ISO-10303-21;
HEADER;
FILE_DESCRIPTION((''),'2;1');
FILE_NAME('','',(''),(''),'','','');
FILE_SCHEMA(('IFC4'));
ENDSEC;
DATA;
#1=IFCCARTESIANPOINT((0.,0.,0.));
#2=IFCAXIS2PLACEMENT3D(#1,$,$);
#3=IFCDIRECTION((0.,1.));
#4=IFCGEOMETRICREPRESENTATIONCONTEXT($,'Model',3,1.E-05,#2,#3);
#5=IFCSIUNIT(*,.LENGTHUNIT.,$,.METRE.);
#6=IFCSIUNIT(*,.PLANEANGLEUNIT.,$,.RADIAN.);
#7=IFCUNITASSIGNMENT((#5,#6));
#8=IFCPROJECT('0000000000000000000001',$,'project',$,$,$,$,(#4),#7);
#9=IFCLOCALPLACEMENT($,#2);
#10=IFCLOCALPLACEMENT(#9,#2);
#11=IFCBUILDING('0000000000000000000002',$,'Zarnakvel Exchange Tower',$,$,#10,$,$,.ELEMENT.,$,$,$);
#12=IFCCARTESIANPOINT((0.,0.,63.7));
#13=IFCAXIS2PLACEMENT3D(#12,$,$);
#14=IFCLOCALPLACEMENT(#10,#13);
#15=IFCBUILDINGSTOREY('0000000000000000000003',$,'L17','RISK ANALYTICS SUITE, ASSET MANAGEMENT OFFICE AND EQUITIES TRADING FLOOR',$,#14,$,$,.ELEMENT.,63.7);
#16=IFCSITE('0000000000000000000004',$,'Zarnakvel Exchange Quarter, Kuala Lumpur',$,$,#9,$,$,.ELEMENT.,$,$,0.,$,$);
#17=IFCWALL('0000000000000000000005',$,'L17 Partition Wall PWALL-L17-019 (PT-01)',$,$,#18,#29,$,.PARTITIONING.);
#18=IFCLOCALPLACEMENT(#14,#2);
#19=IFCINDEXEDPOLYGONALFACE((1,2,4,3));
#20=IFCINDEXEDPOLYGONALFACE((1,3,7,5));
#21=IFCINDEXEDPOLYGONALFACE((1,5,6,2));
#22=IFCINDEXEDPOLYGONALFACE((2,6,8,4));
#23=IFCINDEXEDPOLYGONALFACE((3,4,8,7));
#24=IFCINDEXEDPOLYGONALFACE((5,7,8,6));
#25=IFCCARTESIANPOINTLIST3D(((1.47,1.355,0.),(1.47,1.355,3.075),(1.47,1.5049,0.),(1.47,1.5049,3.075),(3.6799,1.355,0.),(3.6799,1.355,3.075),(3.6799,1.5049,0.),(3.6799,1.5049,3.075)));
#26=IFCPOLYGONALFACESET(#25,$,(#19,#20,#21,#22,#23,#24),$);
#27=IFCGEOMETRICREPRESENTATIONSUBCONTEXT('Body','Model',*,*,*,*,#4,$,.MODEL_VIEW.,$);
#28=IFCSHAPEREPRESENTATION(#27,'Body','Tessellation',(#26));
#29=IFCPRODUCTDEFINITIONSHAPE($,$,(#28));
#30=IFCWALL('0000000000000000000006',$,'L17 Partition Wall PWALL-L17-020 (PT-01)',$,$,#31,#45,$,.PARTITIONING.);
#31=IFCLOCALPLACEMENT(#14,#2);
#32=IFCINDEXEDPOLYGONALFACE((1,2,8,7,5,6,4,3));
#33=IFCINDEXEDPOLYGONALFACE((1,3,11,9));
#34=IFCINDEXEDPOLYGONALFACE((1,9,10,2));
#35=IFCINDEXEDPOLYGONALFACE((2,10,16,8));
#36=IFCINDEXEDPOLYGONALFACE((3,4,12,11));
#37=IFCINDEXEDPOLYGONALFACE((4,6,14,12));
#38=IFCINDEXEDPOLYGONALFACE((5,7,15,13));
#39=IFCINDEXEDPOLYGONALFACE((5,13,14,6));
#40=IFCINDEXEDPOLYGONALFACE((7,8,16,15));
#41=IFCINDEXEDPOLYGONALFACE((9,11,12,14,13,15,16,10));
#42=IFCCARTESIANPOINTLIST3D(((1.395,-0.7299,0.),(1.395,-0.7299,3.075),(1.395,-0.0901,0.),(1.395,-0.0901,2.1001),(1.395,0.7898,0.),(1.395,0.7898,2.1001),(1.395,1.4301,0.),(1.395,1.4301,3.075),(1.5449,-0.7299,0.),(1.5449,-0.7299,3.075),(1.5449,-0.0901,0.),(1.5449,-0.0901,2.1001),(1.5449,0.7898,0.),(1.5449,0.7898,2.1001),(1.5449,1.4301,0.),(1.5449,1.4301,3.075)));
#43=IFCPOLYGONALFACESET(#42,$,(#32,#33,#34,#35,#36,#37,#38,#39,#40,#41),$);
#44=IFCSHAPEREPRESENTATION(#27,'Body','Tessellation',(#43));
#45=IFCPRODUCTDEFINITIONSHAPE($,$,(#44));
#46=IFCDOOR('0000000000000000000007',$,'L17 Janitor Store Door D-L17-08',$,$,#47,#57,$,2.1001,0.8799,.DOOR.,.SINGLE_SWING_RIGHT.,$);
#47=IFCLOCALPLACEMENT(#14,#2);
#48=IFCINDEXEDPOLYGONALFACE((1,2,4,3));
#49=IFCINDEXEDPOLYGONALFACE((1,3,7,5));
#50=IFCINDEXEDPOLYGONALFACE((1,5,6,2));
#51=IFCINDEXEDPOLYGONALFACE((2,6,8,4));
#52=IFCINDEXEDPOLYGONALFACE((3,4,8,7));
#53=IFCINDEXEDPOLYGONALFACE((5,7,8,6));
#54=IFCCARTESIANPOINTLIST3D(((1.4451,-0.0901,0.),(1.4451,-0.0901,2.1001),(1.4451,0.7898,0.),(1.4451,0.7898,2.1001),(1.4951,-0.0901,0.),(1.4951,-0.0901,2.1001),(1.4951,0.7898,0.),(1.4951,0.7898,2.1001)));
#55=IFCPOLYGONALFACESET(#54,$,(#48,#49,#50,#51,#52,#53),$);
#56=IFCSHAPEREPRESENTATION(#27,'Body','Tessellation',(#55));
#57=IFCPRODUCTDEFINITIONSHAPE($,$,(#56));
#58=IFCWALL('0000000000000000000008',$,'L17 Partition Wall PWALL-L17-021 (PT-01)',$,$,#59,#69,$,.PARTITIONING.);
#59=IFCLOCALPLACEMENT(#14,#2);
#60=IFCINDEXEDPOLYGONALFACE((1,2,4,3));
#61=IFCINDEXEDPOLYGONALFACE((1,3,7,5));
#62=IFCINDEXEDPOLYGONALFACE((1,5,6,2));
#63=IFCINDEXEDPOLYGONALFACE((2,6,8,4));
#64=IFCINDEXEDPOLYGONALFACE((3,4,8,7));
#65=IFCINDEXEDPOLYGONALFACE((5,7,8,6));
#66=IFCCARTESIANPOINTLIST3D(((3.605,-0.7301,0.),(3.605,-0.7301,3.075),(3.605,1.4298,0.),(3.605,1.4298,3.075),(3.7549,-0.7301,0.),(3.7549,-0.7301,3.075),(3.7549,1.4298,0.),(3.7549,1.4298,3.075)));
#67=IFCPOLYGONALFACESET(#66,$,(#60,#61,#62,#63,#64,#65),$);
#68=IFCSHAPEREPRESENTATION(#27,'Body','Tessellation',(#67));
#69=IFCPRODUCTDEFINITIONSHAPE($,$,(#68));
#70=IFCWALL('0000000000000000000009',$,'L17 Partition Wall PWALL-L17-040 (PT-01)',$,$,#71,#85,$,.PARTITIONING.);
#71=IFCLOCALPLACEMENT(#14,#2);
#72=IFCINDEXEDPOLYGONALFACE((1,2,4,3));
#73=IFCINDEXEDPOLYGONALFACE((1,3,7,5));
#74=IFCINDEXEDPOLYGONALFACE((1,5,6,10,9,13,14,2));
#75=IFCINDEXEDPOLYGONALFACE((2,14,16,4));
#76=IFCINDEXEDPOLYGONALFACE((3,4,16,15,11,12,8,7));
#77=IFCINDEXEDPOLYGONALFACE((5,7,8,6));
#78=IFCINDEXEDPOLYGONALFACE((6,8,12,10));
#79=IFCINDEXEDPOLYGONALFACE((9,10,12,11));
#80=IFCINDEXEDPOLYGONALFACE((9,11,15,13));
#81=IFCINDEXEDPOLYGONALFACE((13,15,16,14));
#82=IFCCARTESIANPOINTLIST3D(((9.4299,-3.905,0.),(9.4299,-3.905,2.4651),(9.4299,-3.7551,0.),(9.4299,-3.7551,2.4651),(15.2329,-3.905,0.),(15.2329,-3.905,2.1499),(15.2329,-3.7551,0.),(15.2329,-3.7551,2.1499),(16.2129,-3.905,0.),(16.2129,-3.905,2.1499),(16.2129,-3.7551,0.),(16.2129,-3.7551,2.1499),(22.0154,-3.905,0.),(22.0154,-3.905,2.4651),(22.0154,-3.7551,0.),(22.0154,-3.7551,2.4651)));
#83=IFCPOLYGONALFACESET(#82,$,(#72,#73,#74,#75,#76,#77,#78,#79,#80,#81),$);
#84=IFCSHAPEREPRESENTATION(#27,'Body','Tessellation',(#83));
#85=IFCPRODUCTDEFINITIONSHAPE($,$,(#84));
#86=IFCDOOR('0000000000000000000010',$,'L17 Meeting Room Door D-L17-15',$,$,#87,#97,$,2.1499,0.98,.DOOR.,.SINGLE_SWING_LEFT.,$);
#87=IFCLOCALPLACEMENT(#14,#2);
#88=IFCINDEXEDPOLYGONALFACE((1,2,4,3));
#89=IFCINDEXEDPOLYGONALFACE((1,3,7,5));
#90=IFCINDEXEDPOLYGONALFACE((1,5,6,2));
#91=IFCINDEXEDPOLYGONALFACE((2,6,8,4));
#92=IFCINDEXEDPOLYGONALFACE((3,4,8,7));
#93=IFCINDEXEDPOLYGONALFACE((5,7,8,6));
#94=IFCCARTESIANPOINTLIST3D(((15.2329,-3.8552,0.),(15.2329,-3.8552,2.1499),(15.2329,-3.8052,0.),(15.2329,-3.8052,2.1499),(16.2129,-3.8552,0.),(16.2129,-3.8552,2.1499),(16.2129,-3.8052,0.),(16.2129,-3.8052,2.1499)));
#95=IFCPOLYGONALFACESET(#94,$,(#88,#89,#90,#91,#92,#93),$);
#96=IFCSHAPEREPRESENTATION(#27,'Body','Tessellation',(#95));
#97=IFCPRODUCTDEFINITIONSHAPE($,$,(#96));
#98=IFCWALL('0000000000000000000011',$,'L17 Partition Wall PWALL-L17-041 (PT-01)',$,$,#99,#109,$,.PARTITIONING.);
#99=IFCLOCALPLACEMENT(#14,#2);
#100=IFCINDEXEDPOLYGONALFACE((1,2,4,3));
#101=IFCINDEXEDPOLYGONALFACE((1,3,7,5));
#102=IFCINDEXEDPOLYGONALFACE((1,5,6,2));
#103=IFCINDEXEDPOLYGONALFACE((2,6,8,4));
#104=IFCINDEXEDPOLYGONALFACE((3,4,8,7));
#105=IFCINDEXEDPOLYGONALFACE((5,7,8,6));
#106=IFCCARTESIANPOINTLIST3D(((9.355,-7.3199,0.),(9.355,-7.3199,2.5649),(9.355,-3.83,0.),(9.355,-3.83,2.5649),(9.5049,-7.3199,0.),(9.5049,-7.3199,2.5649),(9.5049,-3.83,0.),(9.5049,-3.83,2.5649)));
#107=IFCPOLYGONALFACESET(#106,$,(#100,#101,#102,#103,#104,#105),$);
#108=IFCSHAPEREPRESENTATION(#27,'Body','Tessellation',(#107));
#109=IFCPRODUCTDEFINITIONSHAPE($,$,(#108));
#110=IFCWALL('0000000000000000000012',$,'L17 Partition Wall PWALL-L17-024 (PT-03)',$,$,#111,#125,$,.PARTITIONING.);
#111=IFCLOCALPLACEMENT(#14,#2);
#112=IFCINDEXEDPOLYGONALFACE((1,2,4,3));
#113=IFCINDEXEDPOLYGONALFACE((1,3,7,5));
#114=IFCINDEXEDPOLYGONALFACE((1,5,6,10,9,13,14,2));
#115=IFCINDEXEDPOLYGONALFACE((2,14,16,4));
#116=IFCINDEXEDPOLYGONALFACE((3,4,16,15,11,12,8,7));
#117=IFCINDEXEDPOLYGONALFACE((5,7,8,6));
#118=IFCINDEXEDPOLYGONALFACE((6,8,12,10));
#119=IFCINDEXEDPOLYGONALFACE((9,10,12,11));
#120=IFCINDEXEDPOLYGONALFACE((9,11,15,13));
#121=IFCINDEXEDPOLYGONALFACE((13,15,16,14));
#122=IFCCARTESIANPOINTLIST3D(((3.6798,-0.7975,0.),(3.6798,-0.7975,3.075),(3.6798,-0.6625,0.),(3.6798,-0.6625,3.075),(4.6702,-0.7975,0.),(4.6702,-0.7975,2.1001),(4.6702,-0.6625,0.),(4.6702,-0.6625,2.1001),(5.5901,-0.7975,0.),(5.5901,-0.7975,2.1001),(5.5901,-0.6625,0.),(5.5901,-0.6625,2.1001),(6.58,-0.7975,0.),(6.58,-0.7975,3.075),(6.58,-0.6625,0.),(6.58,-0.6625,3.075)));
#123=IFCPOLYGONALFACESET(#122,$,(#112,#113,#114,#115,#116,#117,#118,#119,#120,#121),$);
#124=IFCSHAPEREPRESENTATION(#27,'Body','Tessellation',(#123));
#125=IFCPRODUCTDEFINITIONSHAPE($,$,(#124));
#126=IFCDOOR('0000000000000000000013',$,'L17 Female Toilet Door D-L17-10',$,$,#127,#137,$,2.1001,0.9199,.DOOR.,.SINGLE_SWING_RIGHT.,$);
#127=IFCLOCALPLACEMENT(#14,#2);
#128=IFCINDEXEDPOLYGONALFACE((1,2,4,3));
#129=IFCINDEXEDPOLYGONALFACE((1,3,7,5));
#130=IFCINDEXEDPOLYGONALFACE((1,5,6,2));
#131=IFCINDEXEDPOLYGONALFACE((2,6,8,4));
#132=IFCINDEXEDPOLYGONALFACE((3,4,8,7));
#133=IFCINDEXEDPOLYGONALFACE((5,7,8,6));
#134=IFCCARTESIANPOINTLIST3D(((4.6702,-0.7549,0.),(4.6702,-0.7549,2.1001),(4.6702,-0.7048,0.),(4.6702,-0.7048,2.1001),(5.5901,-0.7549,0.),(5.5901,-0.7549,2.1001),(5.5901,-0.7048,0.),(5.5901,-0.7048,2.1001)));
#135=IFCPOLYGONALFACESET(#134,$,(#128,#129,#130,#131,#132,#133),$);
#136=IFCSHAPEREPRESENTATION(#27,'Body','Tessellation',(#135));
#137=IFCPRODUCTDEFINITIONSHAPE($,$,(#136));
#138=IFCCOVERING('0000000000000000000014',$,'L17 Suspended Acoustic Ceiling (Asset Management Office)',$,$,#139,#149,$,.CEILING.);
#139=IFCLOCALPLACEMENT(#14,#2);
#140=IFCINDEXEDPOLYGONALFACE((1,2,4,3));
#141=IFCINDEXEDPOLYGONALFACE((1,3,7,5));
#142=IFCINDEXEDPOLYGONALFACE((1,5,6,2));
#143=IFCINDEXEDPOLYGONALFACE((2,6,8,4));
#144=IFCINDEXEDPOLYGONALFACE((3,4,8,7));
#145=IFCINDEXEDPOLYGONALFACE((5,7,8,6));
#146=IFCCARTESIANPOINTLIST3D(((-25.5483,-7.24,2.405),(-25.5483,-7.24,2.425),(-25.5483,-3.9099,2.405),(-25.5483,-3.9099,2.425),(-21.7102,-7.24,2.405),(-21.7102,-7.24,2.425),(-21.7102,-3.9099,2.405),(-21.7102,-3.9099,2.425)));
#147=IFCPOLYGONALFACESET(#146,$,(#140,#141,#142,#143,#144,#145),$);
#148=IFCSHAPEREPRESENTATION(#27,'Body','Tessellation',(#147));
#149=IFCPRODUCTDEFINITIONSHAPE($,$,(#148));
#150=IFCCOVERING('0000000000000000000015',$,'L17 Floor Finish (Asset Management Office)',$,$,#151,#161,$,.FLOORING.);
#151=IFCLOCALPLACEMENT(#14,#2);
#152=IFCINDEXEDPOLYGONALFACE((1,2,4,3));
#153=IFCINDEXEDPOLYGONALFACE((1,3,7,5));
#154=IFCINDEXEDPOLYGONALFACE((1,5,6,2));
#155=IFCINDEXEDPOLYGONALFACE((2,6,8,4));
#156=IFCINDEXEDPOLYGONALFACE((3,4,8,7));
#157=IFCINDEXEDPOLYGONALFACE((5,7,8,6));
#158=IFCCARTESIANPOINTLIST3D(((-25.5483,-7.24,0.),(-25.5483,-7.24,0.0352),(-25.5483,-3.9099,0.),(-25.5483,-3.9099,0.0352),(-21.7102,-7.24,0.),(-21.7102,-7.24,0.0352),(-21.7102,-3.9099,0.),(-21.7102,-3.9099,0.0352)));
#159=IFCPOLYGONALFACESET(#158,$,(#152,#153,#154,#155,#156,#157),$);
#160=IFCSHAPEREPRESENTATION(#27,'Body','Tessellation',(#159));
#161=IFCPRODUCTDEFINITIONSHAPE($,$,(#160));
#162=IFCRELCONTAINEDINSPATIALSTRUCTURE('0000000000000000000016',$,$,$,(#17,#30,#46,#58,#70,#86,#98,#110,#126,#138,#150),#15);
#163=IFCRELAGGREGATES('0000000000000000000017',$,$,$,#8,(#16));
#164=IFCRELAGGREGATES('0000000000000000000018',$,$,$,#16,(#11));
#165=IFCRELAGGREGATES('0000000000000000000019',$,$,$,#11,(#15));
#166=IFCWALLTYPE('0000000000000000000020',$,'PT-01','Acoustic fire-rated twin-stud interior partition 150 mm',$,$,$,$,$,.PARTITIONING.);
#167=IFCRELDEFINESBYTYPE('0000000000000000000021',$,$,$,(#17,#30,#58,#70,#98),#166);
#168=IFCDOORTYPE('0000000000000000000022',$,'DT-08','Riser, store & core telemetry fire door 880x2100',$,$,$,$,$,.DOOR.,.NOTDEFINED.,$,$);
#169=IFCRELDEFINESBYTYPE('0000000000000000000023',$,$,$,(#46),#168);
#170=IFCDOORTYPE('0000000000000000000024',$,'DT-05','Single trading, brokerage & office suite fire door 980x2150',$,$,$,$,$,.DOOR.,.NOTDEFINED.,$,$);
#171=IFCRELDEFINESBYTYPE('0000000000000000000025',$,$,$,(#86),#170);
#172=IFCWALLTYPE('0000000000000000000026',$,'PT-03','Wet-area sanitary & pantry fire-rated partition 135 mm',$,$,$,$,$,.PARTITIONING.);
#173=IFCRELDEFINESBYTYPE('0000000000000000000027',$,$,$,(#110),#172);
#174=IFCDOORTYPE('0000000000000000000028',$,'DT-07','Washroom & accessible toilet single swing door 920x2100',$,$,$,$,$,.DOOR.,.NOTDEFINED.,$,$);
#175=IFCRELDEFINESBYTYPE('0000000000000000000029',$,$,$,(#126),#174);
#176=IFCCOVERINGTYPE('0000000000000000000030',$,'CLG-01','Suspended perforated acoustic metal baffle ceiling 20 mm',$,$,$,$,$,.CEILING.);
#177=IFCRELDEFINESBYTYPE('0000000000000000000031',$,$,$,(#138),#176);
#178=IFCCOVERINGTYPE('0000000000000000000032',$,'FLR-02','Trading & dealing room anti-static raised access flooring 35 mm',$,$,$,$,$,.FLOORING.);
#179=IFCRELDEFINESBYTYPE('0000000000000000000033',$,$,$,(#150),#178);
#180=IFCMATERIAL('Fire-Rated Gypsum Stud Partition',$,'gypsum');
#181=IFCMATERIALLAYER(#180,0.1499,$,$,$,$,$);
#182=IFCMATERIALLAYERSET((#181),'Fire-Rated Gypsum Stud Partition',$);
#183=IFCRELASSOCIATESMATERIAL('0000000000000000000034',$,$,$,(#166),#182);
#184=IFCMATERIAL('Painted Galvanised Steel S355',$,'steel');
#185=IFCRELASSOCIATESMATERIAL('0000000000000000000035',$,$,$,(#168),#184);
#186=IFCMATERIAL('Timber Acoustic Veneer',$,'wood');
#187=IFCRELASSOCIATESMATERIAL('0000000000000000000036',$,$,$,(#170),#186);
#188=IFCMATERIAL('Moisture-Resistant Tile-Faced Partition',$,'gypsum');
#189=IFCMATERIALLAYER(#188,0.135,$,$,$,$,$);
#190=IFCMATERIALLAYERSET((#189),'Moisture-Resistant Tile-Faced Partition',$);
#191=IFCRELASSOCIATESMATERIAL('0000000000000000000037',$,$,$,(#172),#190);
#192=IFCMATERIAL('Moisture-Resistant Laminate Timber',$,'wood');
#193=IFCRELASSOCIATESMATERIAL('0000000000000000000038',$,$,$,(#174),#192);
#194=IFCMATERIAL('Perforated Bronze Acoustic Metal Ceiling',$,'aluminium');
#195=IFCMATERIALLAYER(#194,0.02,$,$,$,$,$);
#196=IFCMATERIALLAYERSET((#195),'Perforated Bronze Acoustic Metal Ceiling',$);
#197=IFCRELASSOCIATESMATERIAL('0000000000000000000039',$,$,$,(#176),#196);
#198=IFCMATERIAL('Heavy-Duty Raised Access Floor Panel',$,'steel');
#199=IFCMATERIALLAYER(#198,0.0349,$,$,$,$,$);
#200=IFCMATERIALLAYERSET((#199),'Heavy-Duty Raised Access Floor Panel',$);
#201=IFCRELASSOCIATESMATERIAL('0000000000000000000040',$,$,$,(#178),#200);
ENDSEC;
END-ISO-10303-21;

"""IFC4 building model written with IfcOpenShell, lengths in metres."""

from ifc_helpers import new_model, si_unit, direction, frame, frame_2d, origin, place, context, subcontext, project, spatial, polyline, rectangle, outline, extrude, source, transform, mapped, material, layer, layer_set, type_object, element, fill, save


model = new_model("IFC4")

# Units and contexts
model_context = context("Model", 3, precision=1e-05, world=origin(), true_north=direction((0.0, 1.0)))
body_context = subcontext(model_context, "Body", "Model", "MODEL_VIEW")
ifc_project = project(units=[si_unit("LENGTHUNIT", "METRE"), si_unit("PLANEANGLEUNIT", "RADIAN")], contexts=[model_context])

# Site, building, storey
site_placement = place(None, origin())
site = spatial("IfcSite", under=ifc_project, at=site_placement, Name="Zarnakvel Exchange Quarter, Kuala Lumpur", CompositionType="ELEMENT", RefElevation=0.0)
building_placement = place(site_placement, origin())
building = spatial("IfcBuilding", under=site, at=building_placement, Name="Zarnakvel Exchange Tower", CompositionType="ELEMENT")
storey_placement = place(building_placement, frame((0.0, 0.0, 63.7)))
storey = spatial("IfcBuildingStorey", under=building, at=storey_placement, Name="L17", Description="RISK ANALYTICS SUITE, ASSET MANAGEMENT OFFICE AND EQUITIES TRADING FLOOR", CompositionType="ELEMENT", Elevation=63.7)

# Shared definitions
ifc_material_1 = material(Name="Painted Galvanised Steel S355", Category="steel")

# Wall
ifc_material_2 = material(Name="Fire-Rated Gypsum Stud Partition", Category="gypsum")
ifc_layer_1 = layer(ifc_material_2, 0.1499)
ifc_layer_set_1 = layer_set([ifc_layer_1], Name="Fire-Rated Gypsum Stud Partition")
wall_type_1 = type_object("IfcWallType", Name="PT-01", Description="Acoustic fire-rated twin-stud interior partition 150 mm", PredefinedType="PARTITIONING", material=ifc_layer_set_1)
for number, where, z_axis, x_axis, name in (
    (1, (1.47, 1.4299, 0.0), (0.0, 0.0, 1.0), (1.0, 0.0, 0.0), "L17 Partition Wall PWALL-L17-019 (PT-01)"),
):
    element("IfcWall", number, at=place(storey_placement, frame(where, z_axis=z_axis, x_axis=x_axis)), inside=storey, type_object=wall_type_1, Name=name, PredefinedType="PARTITIONING", context=body_context, shape_type="SweptSolid", body=[
        extrude(rectangle(XDim=2.21, YDim=0.1499, at=frame_2d((1.105, 0.0))), origin(), (0.0, 0.0, 1.0), 3.075),
    ])

# Wall, opening, door
wall_1_placement = place(storey_placement, frame((1.47, -0.73, 0.0), z_axis=(0.0, 0.0, 1.0), x_axis=(0.0, 1.0, 0.0)))
wall_1 = element("IfcWall", 2, at=wall_1_placement, inside=storey, type_object=wall_type_1, Name="L17 Partition Wall PWALL-L17-020 (PT-01)", PredefinedType="PARTITIONING", context=body_context, shape_type="SweptSolid", body=[
    extrude(rectangle(XDim=2.1599, YDim=0.1499, at=frame_2d((1.0801, 0.0))), origin(), (0.0, 0.0, 1.0), 3.075),
])
opening_1_placement = place(wall_1_placement, frame((0.6399, 0.0, 0.0)))
opening_1 = element("IfcOpeningElement", 3, at=opening_1_placement, cuts=wall_1, PredefinedType="OPENING", context=body_context, shape_type="SweptSolid", body=[
    extrude(rectangle(XDim=0.8799, YDim=2.1001, at=frame_2d((0.4399, 1.05))), frame((0.0, 0.085, 0.0), z_axis=(0.0, -1.0, 0.0), x_axis=(1.0, 0.0, 0.0)), (0.0, 0.0, 1.0), 0.1699),
])
door_type_1 = type_object("IfcDoorType", Name="DT-08", Description="Riser, store & core telemetry fire door 880x2100", OperationType="NOTDEFINED", PredefinedType="DOOR", material=ifc_material_1)
shared_shape_1 = source(origin(), body_context, "Body", "SweptSolid", [
    extrude(rectangle(XDim=0.8799, YDim=2.1001, at=frame_2d((0.4399, 1.05))), frame((0.0, 0.0249, 0.0), z_axis=(0.0, -1.0, 0.0), x_axis=(1.0, 0.0, 0.0)), (0.0, 0.0, 1.0), 0.05),
])
door_1_placement = place(opening_1_placement, origin())
door_1 = element("IfcDoor", 4, at=door_1_placement, inside=storey, type_object=door_type_1, Name="L17 Janitor Store Door D-L17-08", OperationType="SINGLE_SWING_RIGHT", OverallHeight=2.1001, OverallWidth=0.8799, PredefinedType="DOOR", context=body_context, shape_type="MappedRepresentation", body=[
    mapped(shared_shape_1, transform((0.0, 0.0, 0.0), x_axis=(1.0, 0.0, 0.0), y_axis=(0.0, 1.0, 0.0), z_axis=(0.0, 0.0, 1.0), scale=1.0)),
])
fill(opening_1, door_1)

# Wall
wall_2_placement = place(storey_placement, frame((3.6799, 1.4299, 0.0), z_axis=(0.0, 0.0, 1.0), x_axis=(0.0, -1.0, 0.0)))
element("IfcWall", 5, at=wall_2_placement, inside=storey, type_object=wall_type_1, Name="L17 Partition Wall PWALL-L17-021 (PT-01)", PredefinedType="PARTITIONING", context=body_context, shape_type="SweptSolid", body=[
    extrude(rectangle(XDim=2.1599, YDim=0.1499, at=frame_2d((1.0801, 0.0))), origin(), (0.0, 0.0, 1.0), 3.075),
])

# Wall, opening, door
ifc_material_3 = material(Name="Timber Acoustic Veneer", Category="wood")
door_type_2 = type_object("IfcDoorType", Name="DT-05", Description="Single trading, brokerage & office suite fire door 980x2150", OperationType="NOTDEFINED", PredefinedType="DOOR", material=ifc_material_3)
wall_3_placement = place(storey_placement, frame((9.4299, -3.8301, 0.0), z_axis=(0.0, 0.0, 1.0), x_axis=(1.0, 0.0, 0.0)))
wall_3 = element("IfcWall", 6, at=wall_3_placement, inside=storey, type_object=wall_type_1, Name="L17 Partition Wall PWALL-L17-040 (PT-01)", PredefinedType="PARTITIONING", context=body_context, shape_type="SweptSolid", body=[
    extrude(rectangle(XDim=12.5854, YDim=0.1499, at=frame_2d((6.2927, 0.0))), origin(), (0.0, 0.0, 1.0), 2.4651),
])
opening_2_placement = place(wall_3_placement, frame((5.803, 0.0, 0.0)))
opening_2 = element("IfcOpeningElement", 7, at=opening_2_placement, cuts=wall_3, PredefinedType="OPENING", context=body_context, shape_type="SweptSolid", body=[
    extrude(rectangle(XDim=0.98, YDim=2.1499, at=frame_2d((0.49, 1.075))), frame((0.0, 0.085, 0.0), z_axis=(0.0, -1.0, 0.0), x_axis=(1.0, 0.0, 0.0)), (0.0, 0.0, 1.0), 0.1699),
])
shared_shape_2 = source(origin(), body_context, "Body", "SweptSolid", [
    extrude(rectangle(XDim=0.98, YDim=2.1499, at=frame_2d((0.49, 1.075))), frame((0.0, 0.0249, 0.0), z_axis=(0.0, -1.0, 0.0), x_axis=(1.0, 0.0, 0.0)), (0.0, 0.0, 1.0), 0.05),
])
door_2_placement = place(opening_2_placement, origin())
door_2 = element("IfcDoor", 8, at=door_2_placement, inside=storey, type_object=door_type_2, Name="L17 Meeting Room Door D-L17-15", OperationType="SINGLE_SWING_LEFT", OverallHeight=2.1499, OverallWidth=0.98, PredefinedType="DOOR", context=body_context, shape_type="MappedRepresentation", body=[
    mapped(shared_shape_2, transform((0.0, 0.0, 0.0), x_axis=(1.0, 0.0, 0.0), y_axis=(0.0, 1.0, 0.0), z_axis=(0.0, 0.0, 1.0), scale=1.0)),
])
fill(opening_2, door_2)

# Wall
wall_4_placement = place(storey_placement, frame((9.4299, -7.3201, 0.0), z_axis=(0.0, 0.0, 1.0), x_axis=(0.0, 1.0, 0.0)))
element("IfcWall", 9, at=wall_4_placement, inside=storey, type_object=wall_type_1, Name="L17 Partition Wall PWALL-L17-041 (PT-01)", PredefinedType="PARTITIONING", context=body_context, shape_type="SweptSolid", body=[
    extrude(rectangle(XDim=3.49, YDim=0.1499, at=frame_2d((1.7451, 0.0))), origin(), (0.0, 0.0, 1.0), 2.5649),
])

# Wall, opening, door
ifc_material_4 = material(Name="Moisture-Resistant Tile-Faced Partition", Category="gypsum")
ifc_layer_2 = layer(ifc_material_4, 0.135)
ifc_layer_set_2 = layer_set([ifc_layer_2], Name="Moisture-Resistant Tile-Faced Partition")
wall_type_2 = type_object("IfcWallType", Name="PT-03", Description="Wet-area sanitary & pantry fire-rated partition 135 mm", PredefinedType="PARTITIONING", material=ifc_layer_set_2)
wall_5_placement = place(storey_placement, frame((6.5801, -0.73, 0.0), z_axis=(0.0, 0.0, 1.0), x_axis=(-1.0, 0.0, 0.0)))
wall_5 = element("IfcWall", 10, at=wall_5_placement, inside=storey, type_object=wall_type_2, Name="L17 Partition Wall PWALL-L17-024 (PT-03)", PredefinedType="PARTITIONING", context=body_context, shape_type="SweptSolid", body=[
    extrude(rectangle(XDim=2.9001, YDim=0.135, at=frame_2d((1.4502, 0.0))), origin(), (0.0, 0.0, 1.0), 3.075),
])
opening_3_placement = place(wall_5_placement, frame((0.99, 0.0, 0.0)))
opening_3 = element("IfcOpeningElement", 11, at=opening_3_placement, cuts=wall_5, PredefinedType="OPENING", context=body_context, shape_type="SweptSolid", body=[
    extrude(rectangle(XDim=0.9199, YDim=2.1001, at=frame_2d((0.46, 1.05))), frame((0.0, 0.0774, 0.0), z_axis=(0.0, -1.0, 0.0), x_axis=(1.0, 0.0, 0.0)), (0.0, 0.0, 1.0), 0.155),
])
ifc_material_5 = material(Name="Moisture-Resistant Laminate Timber", Category="wood")
door_type_3 = type_object("IfcDoorType", Name="DT-07", Description="Washroom & accessible toilet single swing door 920x2100", OperationType="NOTDEFINED", PredefinedType="DOOR", material=ifc_material_5)
shared_shape_3 = source(origin(), body_context, "Body", "SweptSolid", [
    extrude(rectangle(XDim=0.9199, YDim=2.1001, at=frame_2d((0.46, 1.05))), frame((0.0, 0.0249, 0.0), z_axis=(0.0, -1.0, 0.0), x_axis=(1.0, 0.0, 0.0)), (0.0, 0.0, 1.0), 0.05),
])
door_3_placement = place(opening_3_placement, origin())
door_3 = element("IfcDoor", 12, at=door_3_placement, inside=storey, type_object=door_type_3, Name="L17 Female Toilet Door D-L17-10", OperationType="SINGLE_SWING_RIGHT", OverallHeight=2.1001, OverallWidth=0.9199, PredefinedType="DOOR", context=body_context, shape_type="MappedRepresentation", body=[
    mapped(shared_shape_3, transform((0.0, 0.0, 0.0), x_axis=(1.0, 0.0, 0.0), y_axis=(0.0, 1.0, 0.0), z_axis=(0.0, 0.0, 1.0), scale=1.0)),
])
fill(opening_3, door_3)

# Coverings
ifc_material_6 = material(Name="Perforated Bronze Acoustic Metal Ceiling", Category="aluminium")
ifc_layer_3 = layer(ifc_material_6, 0.02)
ifc_layer_set_3 = layer_set([ifc_layer_3], Name="Perforated Bronze Acoustic Metal Ceiling")
covering_type_1 = type_object("IfcCoveringType", Name="CLG-01", Description="Suspended perforated acoustic metal baffle ceiling 20 mm", PredefinedType="CEILING", material=ifc_layer_set_3)
covering_1_placement = place(storey_placement, frame((0.0, 0.0, 2.405)))
element("IfcCovering", 13, at=covering_1_placement, inside=storey, type_object=covering_type_1, Name="L17 Suspended Acoustic Ceiling (Asset Management Office)", PredefinedType="CEILING", context=body_context, shape_type="SweptSolid", body=[
    extrude(outline(polyline([(-25.5483, -3.9099), (-21.7102, -3.9099), (-21.7102, -7.24), (-25.5483, -7.24), (-25.5483, -3.9099)])), origin(), (0.0, 0.0, 1.0), 0.02),
])
ifc_material_7 = material(Name="Heavy-Duty Raised Access Floor Panel", Category="steel")
ifc_layer_4 = layer(ifc_material_7, 0.0349)
ifc_layer_set_4 = layer_set([ifc_layer_4], Name="Heavy-Duty Raised Access Floor Panel")
covering_type_2 = type_object("IfcCoveringType", Name="FLR-02", Description="Trading & dealing room anti-static raised access flooring 35 mm", PredefinedType="FLOORING", material=ifc_layer_set_4)
covering_2_placement = place(storey_placement, origin())
element("IfcCovering", 14, at=covering_2_placement, inside=storey, type_object=covering_type_2, Name="L17 Floor Finish (Asset Management Office)", PredefinedType="FLOORING", context=body_context, shape_type="SweptSolid", body=[
    extrude(outline(polyline([(-25.5483, -3.9099), (-21.7102, -3.9099), (-21.7102, -7.24), (-25.5483, -7.24), (-25.5483, -3.9099)])), origin(), (0.0, 0.0, 1.0), 0.0352),
])

save(model, "model.ifc")
